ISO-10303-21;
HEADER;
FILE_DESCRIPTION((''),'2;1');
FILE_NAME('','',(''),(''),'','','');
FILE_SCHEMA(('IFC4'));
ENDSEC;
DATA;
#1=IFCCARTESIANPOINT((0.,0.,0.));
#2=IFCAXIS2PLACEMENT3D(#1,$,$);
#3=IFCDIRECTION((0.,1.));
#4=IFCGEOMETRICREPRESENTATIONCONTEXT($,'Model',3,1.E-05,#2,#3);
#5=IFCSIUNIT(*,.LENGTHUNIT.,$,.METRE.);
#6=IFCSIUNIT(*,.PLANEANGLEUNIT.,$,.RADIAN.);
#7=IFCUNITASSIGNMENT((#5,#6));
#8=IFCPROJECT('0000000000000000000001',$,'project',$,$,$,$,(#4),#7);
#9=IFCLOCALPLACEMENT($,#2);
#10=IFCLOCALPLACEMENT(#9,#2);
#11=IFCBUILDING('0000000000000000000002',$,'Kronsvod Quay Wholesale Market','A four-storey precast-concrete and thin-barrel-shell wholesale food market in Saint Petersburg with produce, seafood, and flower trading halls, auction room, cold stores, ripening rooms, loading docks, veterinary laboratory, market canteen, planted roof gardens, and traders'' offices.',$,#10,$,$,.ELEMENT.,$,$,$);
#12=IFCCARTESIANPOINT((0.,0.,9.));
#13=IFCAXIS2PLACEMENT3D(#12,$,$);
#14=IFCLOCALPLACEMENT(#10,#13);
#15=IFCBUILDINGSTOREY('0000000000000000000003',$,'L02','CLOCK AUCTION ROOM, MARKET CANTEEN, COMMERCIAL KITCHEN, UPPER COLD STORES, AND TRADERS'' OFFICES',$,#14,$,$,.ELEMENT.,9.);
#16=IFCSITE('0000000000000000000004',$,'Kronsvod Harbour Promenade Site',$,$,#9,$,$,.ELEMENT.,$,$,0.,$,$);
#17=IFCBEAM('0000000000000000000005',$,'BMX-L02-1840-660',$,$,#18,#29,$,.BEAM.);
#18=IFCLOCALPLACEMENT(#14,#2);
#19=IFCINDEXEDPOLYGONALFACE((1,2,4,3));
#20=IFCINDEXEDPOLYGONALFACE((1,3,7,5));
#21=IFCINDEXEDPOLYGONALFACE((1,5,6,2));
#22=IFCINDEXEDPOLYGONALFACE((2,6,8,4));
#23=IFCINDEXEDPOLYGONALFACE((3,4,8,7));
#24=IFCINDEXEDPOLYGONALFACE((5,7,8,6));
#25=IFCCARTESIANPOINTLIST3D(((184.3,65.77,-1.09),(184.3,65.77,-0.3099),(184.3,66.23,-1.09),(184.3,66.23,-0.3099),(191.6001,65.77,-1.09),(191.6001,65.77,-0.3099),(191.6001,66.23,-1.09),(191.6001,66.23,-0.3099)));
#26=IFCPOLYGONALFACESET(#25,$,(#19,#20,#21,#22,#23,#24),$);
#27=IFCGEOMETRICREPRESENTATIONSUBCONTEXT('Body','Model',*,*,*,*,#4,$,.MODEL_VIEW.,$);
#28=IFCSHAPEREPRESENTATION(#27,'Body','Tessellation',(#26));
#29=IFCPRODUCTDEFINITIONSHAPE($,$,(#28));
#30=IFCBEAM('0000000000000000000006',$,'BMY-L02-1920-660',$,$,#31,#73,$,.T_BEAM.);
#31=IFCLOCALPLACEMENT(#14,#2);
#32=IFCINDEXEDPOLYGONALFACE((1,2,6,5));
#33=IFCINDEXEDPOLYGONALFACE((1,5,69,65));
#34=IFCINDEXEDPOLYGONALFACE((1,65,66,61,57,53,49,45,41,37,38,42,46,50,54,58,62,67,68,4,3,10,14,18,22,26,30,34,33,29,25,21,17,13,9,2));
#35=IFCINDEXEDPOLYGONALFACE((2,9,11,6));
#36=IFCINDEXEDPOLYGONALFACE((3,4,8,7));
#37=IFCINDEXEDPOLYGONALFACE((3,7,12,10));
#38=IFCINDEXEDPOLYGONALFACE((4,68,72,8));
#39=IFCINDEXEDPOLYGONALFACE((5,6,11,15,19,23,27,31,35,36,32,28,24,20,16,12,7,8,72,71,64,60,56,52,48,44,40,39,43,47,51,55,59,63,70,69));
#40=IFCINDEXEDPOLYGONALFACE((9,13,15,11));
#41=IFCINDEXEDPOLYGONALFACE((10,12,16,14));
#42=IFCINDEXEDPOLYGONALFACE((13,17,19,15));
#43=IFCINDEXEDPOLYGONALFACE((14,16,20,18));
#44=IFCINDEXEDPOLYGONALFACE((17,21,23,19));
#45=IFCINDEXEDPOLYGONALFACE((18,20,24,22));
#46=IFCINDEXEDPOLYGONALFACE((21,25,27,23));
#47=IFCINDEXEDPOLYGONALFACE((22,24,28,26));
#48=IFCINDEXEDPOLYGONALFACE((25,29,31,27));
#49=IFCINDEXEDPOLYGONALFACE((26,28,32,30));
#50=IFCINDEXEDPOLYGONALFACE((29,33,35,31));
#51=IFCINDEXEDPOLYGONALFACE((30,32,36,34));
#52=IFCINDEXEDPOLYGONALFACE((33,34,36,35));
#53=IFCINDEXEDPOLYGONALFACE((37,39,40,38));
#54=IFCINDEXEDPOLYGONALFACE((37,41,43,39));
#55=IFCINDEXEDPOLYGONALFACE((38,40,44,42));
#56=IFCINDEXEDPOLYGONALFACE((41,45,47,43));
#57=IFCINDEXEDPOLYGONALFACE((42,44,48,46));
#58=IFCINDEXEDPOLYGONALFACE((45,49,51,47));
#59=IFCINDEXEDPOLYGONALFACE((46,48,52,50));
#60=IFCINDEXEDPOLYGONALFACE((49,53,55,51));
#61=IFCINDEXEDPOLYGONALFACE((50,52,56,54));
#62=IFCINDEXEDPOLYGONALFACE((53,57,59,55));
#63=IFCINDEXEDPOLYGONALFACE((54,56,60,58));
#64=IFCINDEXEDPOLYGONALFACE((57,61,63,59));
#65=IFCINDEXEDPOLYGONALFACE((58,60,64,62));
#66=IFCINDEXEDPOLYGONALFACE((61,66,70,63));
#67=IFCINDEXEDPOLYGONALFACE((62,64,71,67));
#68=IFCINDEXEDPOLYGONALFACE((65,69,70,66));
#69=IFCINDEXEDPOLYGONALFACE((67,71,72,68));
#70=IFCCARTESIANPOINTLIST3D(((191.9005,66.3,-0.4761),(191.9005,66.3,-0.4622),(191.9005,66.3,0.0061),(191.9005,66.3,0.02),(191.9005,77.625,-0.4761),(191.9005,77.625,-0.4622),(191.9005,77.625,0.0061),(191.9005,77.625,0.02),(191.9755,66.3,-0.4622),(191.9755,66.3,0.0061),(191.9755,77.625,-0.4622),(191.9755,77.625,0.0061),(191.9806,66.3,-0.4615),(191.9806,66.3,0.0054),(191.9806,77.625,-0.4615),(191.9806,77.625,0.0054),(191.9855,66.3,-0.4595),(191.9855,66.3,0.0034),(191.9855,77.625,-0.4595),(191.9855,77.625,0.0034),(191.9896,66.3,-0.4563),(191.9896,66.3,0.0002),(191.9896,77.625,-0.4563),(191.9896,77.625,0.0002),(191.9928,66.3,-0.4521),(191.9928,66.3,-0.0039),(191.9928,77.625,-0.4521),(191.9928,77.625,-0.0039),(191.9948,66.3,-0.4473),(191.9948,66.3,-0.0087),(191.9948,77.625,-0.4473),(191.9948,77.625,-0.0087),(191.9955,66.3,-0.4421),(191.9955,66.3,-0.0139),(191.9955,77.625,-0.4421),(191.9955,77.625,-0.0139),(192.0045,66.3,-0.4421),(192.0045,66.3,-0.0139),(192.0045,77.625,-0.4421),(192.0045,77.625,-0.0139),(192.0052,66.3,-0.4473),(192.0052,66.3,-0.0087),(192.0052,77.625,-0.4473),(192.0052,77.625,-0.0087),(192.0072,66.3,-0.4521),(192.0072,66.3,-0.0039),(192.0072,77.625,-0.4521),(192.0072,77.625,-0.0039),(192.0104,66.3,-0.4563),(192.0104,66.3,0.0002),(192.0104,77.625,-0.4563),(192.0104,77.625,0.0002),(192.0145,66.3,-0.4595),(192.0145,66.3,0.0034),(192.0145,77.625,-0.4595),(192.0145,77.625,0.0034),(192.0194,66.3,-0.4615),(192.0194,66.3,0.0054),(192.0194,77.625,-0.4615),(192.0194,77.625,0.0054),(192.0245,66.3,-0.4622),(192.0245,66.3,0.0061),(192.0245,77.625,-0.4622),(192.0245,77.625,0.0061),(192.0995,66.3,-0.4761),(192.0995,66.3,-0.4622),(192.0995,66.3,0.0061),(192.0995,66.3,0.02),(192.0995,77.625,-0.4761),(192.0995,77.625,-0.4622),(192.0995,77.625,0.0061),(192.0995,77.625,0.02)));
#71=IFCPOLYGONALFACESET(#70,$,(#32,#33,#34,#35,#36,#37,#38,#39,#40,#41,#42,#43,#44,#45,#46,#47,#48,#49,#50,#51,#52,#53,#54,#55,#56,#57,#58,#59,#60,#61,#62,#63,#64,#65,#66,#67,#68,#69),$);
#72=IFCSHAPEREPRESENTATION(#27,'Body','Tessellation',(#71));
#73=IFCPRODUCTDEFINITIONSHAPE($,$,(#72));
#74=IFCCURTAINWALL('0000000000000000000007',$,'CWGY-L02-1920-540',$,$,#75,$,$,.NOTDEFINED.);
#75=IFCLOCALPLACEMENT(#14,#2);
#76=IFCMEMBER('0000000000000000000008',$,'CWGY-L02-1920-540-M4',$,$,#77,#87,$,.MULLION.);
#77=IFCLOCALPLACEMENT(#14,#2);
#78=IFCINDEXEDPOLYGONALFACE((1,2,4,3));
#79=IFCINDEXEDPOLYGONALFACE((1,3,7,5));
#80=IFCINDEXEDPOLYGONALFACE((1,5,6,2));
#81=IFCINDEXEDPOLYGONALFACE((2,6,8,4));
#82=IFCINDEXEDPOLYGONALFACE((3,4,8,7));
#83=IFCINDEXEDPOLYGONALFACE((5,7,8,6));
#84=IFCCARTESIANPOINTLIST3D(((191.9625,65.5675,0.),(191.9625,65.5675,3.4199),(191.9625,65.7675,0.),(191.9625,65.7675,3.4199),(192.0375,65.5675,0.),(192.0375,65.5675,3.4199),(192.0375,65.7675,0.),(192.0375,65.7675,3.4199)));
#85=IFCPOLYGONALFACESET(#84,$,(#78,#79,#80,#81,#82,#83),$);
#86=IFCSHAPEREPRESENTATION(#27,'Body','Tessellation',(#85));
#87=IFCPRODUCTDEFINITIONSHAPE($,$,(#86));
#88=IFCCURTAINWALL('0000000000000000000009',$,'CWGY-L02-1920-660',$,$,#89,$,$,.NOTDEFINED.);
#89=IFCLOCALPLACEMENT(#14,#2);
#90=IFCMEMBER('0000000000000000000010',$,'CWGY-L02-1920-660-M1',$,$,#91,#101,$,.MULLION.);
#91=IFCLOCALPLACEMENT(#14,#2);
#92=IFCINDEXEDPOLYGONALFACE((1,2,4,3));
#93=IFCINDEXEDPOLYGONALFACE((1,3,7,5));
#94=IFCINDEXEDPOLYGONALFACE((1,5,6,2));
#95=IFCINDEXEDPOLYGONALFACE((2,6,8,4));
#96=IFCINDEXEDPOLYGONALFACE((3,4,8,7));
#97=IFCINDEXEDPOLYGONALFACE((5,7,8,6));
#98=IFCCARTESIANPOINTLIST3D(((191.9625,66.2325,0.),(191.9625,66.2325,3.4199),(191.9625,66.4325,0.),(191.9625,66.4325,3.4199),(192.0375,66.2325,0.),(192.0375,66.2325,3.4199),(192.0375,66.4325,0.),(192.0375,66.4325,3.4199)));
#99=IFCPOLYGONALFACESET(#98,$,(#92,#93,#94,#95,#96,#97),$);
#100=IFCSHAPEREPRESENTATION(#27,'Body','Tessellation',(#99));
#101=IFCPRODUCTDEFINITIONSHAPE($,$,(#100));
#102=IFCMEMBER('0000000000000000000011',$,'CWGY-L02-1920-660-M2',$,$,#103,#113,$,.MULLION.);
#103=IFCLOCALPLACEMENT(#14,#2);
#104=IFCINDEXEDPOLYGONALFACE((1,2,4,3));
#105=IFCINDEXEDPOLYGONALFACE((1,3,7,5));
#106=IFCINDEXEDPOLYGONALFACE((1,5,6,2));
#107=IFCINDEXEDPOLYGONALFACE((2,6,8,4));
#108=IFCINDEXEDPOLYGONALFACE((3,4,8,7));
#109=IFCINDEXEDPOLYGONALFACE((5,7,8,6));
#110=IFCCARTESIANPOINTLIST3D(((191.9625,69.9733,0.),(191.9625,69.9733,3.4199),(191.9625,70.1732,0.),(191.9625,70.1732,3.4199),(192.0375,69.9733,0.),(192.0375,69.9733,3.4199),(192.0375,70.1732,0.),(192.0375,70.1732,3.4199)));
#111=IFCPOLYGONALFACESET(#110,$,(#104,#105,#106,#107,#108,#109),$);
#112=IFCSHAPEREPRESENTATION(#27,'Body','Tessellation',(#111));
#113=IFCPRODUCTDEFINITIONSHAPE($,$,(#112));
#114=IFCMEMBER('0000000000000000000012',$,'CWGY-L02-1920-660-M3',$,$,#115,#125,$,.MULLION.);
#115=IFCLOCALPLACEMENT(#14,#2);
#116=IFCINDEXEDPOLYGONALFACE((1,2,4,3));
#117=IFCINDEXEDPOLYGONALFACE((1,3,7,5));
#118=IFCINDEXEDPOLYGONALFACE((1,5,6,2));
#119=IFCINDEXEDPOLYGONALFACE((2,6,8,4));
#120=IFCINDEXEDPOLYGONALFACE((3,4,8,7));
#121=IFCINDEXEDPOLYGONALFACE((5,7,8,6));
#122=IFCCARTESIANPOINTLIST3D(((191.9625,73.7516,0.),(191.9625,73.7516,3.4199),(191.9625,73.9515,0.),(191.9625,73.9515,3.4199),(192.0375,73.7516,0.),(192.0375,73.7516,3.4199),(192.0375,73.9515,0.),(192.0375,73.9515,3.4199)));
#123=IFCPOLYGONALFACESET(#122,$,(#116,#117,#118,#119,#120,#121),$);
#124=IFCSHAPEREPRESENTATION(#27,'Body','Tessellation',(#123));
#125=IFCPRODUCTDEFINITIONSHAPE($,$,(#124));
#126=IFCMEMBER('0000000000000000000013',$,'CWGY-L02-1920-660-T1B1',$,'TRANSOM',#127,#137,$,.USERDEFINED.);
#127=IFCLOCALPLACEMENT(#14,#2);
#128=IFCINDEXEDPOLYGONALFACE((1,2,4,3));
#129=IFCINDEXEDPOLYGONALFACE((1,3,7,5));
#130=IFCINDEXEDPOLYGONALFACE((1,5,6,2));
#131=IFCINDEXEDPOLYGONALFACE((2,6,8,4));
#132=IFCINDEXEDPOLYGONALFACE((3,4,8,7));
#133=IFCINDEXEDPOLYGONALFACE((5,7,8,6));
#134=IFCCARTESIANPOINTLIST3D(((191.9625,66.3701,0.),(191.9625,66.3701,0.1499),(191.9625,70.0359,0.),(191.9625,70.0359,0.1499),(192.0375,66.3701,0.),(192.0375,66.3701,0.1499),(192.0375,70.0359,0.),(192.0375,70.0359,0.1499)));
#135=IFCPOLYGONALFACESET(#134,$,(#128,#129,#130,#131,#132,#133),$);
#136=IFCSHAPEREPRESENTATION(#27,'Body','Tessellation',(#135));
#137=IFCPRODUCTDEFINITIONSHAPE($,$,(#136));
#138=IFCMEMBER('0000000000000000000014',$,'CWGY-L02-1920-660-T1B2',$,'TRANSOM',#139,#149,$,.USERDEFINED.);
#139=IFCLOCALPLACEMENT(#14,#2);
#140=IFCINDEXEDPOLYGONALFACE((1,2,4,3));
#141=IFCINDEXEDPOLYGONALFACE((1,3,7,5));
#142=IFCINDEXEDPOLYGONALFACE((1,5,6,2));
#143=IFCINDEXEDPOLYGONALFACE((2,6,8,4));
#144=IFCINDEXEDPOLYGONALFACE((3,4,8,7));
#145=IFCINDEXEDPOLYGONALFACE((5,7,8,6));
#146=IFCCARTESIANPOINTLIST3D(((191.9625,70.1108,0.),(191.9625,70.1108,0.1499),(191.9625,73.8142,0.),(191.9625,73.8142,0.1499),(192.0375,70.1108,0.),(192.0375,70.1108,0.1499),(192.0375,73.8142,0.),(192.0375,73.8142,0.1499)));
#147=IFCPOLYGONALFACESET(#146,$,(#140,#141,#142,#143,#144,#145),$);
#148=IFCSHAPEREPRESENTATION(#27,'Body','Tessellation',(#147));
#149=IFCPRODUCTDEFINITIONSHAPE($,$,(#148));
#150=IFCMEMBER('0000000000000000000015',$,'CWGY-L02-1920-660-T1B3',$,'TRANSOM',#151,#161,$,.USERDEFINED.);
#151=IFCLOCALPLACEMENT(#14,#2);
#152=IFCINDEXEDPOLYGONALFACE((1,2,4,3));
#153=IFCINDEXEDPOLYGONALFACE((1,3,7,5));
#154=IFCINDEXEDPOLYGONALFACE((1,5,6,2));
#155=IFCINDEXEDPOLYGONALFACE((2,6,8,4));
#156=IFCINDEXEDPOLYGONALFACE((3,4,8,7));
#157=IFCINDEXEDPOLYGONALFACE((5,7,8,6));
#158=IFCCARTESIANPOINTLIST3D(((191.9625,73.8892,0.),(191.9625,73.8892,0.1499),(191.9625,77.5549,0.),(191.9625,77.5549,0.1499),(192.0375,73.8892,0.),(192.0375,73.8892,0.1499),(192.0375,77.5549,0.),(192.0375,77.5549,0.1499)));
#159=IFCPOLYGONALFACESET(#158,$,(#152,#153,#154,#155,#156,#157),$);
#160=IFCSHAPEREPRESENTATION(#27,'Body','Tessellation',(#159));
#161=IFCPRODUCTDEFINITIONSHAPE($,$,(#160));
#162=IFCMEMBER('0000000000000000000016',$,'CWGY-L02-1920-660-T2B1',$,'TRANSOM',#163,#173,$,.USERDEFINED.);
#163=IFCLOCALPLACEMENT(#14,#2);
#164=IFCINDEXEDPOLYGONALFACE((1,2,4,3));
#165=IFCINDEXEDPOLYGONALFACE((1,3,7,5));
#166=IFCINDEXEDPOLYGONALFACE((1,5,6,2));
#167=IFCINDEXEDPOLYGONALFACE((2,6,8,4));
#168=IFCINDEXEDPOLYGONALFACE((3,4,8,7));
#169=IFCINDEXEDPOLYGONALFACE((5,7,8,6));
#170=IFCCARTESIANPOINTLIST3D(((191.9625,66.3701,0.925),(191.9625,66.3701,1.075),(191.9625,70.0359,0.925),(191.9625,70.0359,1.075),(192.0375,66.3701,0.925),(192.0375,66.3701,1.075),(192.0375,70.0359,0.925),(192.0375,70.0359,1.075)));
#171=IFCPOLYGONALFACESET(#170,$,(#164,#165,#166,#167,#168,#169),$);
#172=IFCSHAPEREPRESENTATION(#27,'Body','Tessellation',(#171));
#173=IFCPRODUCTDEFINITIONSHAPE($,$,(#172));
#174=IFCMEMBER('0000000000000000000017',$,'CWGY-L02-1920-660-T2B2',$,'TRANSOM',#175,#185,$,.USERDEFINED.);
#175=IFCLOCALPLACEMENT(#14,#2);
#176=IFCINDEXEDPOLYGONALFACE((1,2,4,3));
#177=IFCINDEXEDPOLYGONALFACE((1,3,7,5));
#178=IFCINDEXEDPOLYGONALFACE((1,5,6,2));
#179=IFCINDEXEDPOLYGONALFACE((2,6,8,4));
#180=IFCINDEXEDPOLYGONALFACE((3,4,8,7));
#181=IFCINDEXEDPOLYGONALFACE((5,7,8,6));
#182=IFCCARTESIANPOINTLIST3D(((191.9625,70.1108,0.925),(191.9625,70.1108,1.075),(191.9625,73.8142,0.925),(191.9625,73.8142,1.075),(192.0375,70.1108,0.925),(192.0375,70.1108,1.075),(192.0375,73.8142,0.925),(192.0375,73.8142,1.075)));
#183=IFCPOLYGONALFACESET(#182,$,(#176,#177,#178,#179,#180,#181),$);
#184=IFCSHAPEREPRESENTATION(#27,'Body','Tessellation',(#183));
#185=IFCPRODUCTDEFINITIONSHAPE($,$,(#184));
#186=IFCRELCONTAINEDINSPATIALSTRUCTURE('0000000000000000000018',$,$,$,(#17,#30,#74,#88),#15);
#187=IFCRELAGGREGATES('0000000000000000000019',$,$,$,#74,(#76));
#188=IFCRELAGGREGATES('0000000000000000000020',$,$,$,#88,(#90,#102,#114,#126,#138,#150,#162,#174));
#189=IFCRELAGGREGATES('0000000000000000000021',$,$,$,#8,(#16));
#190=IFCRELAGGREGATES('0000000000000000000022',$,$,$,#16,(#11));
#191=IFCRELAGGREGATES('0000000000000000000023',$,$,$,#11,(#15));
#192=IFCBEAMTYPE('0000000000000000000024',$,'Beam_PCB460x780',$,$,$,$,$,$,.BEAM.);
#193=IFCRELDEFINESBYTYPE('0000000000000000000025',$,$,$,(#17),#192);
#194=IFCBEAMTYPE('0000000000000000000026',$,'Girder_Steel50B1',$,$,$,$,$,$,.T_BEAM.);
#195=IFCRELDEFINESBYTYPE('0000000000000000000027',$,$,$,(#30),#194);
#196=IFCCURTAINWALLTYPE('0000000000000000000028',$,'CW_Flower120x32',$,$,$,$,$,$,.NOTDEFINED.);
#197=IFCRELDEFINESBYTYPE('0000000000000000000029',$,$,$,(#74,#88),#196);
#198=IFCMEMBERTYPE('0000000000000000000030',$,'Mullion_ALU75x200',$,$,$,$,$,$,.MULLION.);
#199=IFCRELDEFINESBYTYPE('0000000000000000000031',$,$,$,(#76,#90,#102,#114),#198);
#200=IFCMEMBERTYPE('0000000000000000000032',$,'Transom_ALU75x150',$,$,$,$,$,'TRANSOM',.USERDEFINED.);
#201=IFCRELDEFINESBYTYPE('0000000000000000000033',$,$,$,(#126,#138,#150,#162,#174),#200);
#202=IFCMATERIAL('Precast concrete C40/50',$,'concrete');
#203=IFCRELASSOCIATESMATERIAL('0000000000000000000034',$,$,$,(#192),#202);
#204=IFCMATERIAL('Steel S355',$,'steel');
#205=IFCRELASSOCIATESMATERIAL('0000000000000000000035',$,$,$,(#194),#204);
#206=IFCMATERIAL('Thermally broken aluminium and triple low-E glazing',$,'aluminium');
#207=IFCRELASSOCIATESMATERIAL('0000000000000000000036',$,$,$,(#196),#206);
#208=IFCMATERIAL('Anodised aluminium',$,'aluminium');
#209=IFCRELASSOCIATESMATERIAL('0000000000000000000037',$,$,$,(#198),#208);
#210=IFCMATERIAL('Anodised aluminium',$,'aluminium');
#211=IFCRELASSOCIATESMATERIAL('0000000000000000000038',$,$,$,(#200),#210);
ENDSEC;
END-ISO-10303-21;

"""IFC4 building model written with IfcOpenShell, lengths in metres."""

from ifc_helpers import new_model, si_unit, direction, frame, origin, origin_2d, place, context, subcontext, project, spatial, rectangle, i_section, extrude, material, material_profile, profile_set, type_object, element, aggregate, save


model = new_model("IFC4")

# Units and contexts
model_context = context("Model", 3, precision=1e-05, world=origin(), true_north=direction((0.0, 1.0)))
body_context = subcontext(model_context, "Body", "Model", "MODEL_VIEW")
ifc_project = project(units=[si_unit("LENGTHUNIT", "METRE"), si_unit("PLANEANGLEUNIT", "RADIAN")], contexts=[model_context])

# Site, building, storey
site_placement = place(None, origin())
site = spatial("IfcSite", under=ifc_project, at=site_placement, Name="Kronsvod Harbour Promenade Site", CompositionType="ELEMENT", RefElevation=0.0)
building_placement = place(site_placement, origin())
building = spatial("IfcBuilding", under=site, at=building_placement, Name="Kronsvod Quay Wholesale Market", Description="A four-storey precast-concrete and thin-barrel-shell wholesale food market in Saint Petersburg with produce, seafood, and flower trading halls, auction room, cold stores, ripening rooms, loading docks, veterinary laboratory, market canteen, planted roof gardens, and traders' offices.", CompositionType="ELEMENT")
storey_placement = place(building_placement, frame((0.0, 0.0, 9.0)))
storey = spatial("IfcBuildingStorey", under=building, at=storey_placement, Name="L02", Description="CLOCK AUCTION ROOM, MARKET CANTEEN, COMMERCIAL KITCHEN, UPPER COLD STORES, AND TRADERS' OFFICES", CompositionType="ELEMENT", Elevation=9.0)

# Beams
ifc_material_1 = material(Name="Precast concrete C40/50", Category="concrete")
ifc_material_profile_1 = material_profile(ifc_material_1, rectangle(XDim=0.46, YDim=0.78, at=origin_2d()), Name="PB-03")
ifc_profile_set_1 = profile_set([ifc_material_profile_1], Name="Precast concrete C40/50")
beam_type_1 = type_object("IfcBeamType", Name="Beam_PCB460x780", PredefinedType="BEAM", material=ifc_profile_set_1)
beam_1_placement = place(storey_placement, frame((184.3, 66.0, -0.7), z_axis=(1.0, 0.0, 0.0), x_axis=(0.0, 1.0, 0.0)))
element("IfcBeam", 1, at=beam_1_placement, inside=storey, type_object=beam_type_1, Name="BMX-L02-1840-660", PredefinedType="BEAM", context=body_context, shape_type="SweptSolid", body=[
    extrude(rectangle(XDim=0.46, YDim=0.78, at=origin_2d()), origin(), (0.0, 0.0, 1.0), 7.3),
])
ifc_material_2 = material(Name="Steel S355", Category="steel")
ifc_material_profile_2 = material_profile(ifc_material_2, i_section(OverallWidth=0.199, OverallDepth=0.4961, WebThickness=0.009, FlangeThickness=0.0139, FilletRadius=0.02, at=origin_2d()), Name="50B1")
ifc_profile_set_2 = profile_set([ifc_material_profile_2], Name="Steel S355")
beam_type_2 = type_object("IfcBeamType", Name="Girder_Steel50B1", PredefinedType="T_BEAM", material=ifc_profile_set_2)
beam_2_placement = place(storey_placement, frame((192.0, 66.3, -0.228), z_axis=(0.0, 1.0, 0.0), x_axis=(-1.0, 0.0, 0.0)))
element("IfcBeam", 2, at=beam_2_placement, inside=storey, type_object=beam_type_2, Name="BMY-L02-1920-660", PredefinedType="T_BEAM", context=body_context, shape_type="SweptSolid", body=[
    extrude(i_section(OverallWidth=0.199, OverallDepth=0.4961, WebThickness=0.009, FlangeThickness=0.0139, FilletRadius=0.02, at=origin_2d()), origin(), (0.0, 0.0, 1.0), 11.325),
])

# Curtain wall, member
ifc_material_3 = material(Name="Thermally broken aluminium and triple low-E glazing", Category="aluminium")
curtain_wall_type = type_object("IfcCurtainWallType", Name="CW_Flower120x32", PredefinedType="NOTDEFINED", material=ifc_material_3)
curtain_wall_1_placement = place(storey_placement, origin())
curtain_wall_1 = element("IfcCurtainWall", 3, at=curtain_wall_1_placement, inside=storey, type_object=curtain_wall_type, Name="CWGY-L02-1920-540", PredefinedType="NOTDEFINED")
ifc_material_4 = material(Name="Anodised aluminium", Category="aluminium")
ifc_material_profile_3 = material_profile(ifc_material_4, rectangle(XDim=0.075, YDim=0.2, at=origin_2d()), Name="ALUM75x200")
ifc_profile_set_3 = profile_set([ifc_material_profile_3], Name="Anodised aluminium")
member_type_1 = type_object("IfcMemberType", Name="Mullion_ALU75x200", PredefinedType="MULLION", material=ifc_profile_set_3)
member_1_placement = place(storey_placement, frame((192.0, 65.6675, 0.0), z_axis=(0.0, 0.0, 1.0), x_axis=(1.0, 0.0, 0.0)))
member_1 = element("IfcMember", 4, at=member_1_placement, type_object=member_type_1, Name="CWGY-L02-1920-540-M4", PredefinedType="MULLION", context=body_context, shape_type="SweptSolid", body=[
    extrude(rectangle(XDim=0.075, YDim=0.2, at=origin_2d()), origin(), (0.0, 0.0, 1.0), 3.4199),
])

# Curtain wall, members
curtain_wall_2_placement = place(storey_placement, origin())
curtain_wall_2 = element("IfcCurtainWall", 5, at=curtain_wall_2_placement, inside=storey, type_object=curtain_wall_type, Name="CWGY-L02-1920-660", PredefinedType="NOTDEFINED")
member_2_placement = place(storey_placement, frame((192.0, 66.3325, 0.0), z_axis=(0.0, 0.0, 1.0), x_axis=(1.0, 0.0, 0.0)))
member_2 = element("IfcMember", 6, at=member_2_placement, type_object=member_type_1, Name="CWGY-L02-1920-660-M1", PredefinedType="MULLION", context=body_context, shape_type="SweptSolid", body=[
    extrude(rectangle(XDim=0.075, YDim=0.2, at=origin_2d()), origin(), (0.0, 0.0, 1.0), 3.4199),
])
member_3_placement = place(storey_placement, frame((192.0, 70.0732, 0.0), z_axis=(0.0, 0.0, 1.0), x_axis=(1.0, 0.0, 0.0)))
member_3 = element("IfcMember", 7, at=member_3_placement, type_object=member_type_1, Name="CWGY-L02-1920-660-M2", PredefinedType="MULLION", context=body_context, shape_type="SweptSolid", body=[
    extrude(rectangle(XDim=0.075, YDim=0.2, at=origin_2d()), origin(), (0.0, 0.0, 1.0), 3.4199),
])
member_4_placement = place(storey_placement, frame((192.0, 73.8516, 0.0), z_axis=(0.0, 0.0, 1.0), x_axis=(1.0, 0.0, 0.0)))
member_4 = element("IfcMember", 8, at=member_4_placement, type_object=member_type_1, Name="CWGY-L02-1920-660-M3", PredefinedType="MULLION", context=body_context, shape_type="SweptSolid", body=[
    extrude(rectangle(XDim=0.075, YDim=0.2, at=origin_2d()), origin(), (0.0, 0.0, 1.0), 3.4199),
])
ifc_material_5 = material(Name="Anodised aluminium", Category="aluminium")
ifc_material_profile_4 = material_profile(ifc_material_5, rectangle(XDim=0.075, YDim=0.1499, at=origin_2d()), Name="ALUT75x150")
ifc_profile_set_4 = profile_set([ifc_material_profile_4], Name="Anodised aluminium")
member_type_2 = type_object("IfcMemberType", Name="Transom_ALU75x150", ElementType="TRANSOM", PredefinedType="USERDEFINED", material=ifc_profile_set_4)
member_5_placement = place(storey_placement, frame((192.0, 66.3701, 0.075), z_axis=(0.0, 1.0, 0.0), x_axis=(-1.0, 0.0, 0.0)))
member_5 = element("IfcMember", 9, at=member_5_placement, type_object=member_type_2, Name="CWGY-L02-1920-660-T1B1", ObjectType="TRANSOM", PredefinedType="USERDEFINED", context=body_context, shape_type="SweptSolid", body=[
    extrude(rectangle(XDim=0.075, YDim=0.1499, at=origin_2d()), origin(), (0.0, 0.0, 1.0), 3.6658),
])
member_6_placement = place(storey_placement, frame((192.0, 70.1108, 0.075), z_axis=(0.0, 1.0, 0.0), x_axis=(-1.0, 0.0, 0.0)))
member_6 = element("IfcMember", 10, at=member_6_placement, type_object=member_type_2, Name="CWGY-L02-1920-660-T1B2", ObjectType="TRANSOM", PredefinedType="USERDEFINED", context=body_context, shape_type="SweptSolid", body=[
    extrude(rectangle(XDim=0.075, YDim=0.1499, at=origin_2d()), origin(), (0.0, 0.0, 1.0), 3.7034),
])
member_7_placement = place(storey_placement, frame((192.0, 73.8892, 0.075), z_axis=(0.0, 1.0, 0.0), x_axis=(-1.0, 0.0, 0.0)))
member_7 = element("IfcMember", 11, at=member_7_placement, type_object=member_type_2, Name="CWGY-L02-1920-660-T1B3", ObjectType="TRANSOM", PredefinedType="USERDEFINED", context=body_context, shape_type="SweptSolid", body=[
    extrude(rectangle(XDim=0.075, YDim=0.1499, at=origin_2d()), origin(), (0.0, 0.0, 1.0), 3.6658),
])
member_8_placement = place(storey_placement, frame((192.0, 66.3701, 1.0), z_axis=(0.0, 1.0, 0.0), x_axis=(-1.0, 0.0, 0.0)))
member_8 = element("IfcMember", 12, at=member_8_placement, type_object=member_type_2, Name="CWGY-L02-1920-660-T2B1", ObjectType="TRANSOM", PredefinedType="USERDEFINED", context=body_context, shape_type="SweptSolid", body=[
    extrude(rectangle(XDim=0.075, YDim=0.1499, at=origin_2d()), origin(), (0.0, 0.0, 1.0), 3.6658),
])
member_9_placement = place(storey_placement, frame((192.0, 70.1108, 1.0), z_axis=(0.0, 1.0, 0.0), x_axis=(-1.0, 0.0, 0.0)))
member_9 = element("IfcMember", 13, at=member_9_placement, type_object=member_type_2, Name="CWGY-L02-1920-660-T2B2", ObjectType="TRANSOM", PredefinedType="USERDEFINED", context=body_context, shape_type="SweptSolid", body=[
    extrude(rectangle(XDim=0.075, YDim=0.1499, at=origin_2d()), origin(), (0.0, 0.0, 1.0), 3.7034),
])

aggregate(curtain_wall_1, [member_1])
aggregate(curtain_wall_2, [member_2, member_3, member_4, member_5, member_6, member_7, member_8, member_9])

save(model, "model.ifc")
